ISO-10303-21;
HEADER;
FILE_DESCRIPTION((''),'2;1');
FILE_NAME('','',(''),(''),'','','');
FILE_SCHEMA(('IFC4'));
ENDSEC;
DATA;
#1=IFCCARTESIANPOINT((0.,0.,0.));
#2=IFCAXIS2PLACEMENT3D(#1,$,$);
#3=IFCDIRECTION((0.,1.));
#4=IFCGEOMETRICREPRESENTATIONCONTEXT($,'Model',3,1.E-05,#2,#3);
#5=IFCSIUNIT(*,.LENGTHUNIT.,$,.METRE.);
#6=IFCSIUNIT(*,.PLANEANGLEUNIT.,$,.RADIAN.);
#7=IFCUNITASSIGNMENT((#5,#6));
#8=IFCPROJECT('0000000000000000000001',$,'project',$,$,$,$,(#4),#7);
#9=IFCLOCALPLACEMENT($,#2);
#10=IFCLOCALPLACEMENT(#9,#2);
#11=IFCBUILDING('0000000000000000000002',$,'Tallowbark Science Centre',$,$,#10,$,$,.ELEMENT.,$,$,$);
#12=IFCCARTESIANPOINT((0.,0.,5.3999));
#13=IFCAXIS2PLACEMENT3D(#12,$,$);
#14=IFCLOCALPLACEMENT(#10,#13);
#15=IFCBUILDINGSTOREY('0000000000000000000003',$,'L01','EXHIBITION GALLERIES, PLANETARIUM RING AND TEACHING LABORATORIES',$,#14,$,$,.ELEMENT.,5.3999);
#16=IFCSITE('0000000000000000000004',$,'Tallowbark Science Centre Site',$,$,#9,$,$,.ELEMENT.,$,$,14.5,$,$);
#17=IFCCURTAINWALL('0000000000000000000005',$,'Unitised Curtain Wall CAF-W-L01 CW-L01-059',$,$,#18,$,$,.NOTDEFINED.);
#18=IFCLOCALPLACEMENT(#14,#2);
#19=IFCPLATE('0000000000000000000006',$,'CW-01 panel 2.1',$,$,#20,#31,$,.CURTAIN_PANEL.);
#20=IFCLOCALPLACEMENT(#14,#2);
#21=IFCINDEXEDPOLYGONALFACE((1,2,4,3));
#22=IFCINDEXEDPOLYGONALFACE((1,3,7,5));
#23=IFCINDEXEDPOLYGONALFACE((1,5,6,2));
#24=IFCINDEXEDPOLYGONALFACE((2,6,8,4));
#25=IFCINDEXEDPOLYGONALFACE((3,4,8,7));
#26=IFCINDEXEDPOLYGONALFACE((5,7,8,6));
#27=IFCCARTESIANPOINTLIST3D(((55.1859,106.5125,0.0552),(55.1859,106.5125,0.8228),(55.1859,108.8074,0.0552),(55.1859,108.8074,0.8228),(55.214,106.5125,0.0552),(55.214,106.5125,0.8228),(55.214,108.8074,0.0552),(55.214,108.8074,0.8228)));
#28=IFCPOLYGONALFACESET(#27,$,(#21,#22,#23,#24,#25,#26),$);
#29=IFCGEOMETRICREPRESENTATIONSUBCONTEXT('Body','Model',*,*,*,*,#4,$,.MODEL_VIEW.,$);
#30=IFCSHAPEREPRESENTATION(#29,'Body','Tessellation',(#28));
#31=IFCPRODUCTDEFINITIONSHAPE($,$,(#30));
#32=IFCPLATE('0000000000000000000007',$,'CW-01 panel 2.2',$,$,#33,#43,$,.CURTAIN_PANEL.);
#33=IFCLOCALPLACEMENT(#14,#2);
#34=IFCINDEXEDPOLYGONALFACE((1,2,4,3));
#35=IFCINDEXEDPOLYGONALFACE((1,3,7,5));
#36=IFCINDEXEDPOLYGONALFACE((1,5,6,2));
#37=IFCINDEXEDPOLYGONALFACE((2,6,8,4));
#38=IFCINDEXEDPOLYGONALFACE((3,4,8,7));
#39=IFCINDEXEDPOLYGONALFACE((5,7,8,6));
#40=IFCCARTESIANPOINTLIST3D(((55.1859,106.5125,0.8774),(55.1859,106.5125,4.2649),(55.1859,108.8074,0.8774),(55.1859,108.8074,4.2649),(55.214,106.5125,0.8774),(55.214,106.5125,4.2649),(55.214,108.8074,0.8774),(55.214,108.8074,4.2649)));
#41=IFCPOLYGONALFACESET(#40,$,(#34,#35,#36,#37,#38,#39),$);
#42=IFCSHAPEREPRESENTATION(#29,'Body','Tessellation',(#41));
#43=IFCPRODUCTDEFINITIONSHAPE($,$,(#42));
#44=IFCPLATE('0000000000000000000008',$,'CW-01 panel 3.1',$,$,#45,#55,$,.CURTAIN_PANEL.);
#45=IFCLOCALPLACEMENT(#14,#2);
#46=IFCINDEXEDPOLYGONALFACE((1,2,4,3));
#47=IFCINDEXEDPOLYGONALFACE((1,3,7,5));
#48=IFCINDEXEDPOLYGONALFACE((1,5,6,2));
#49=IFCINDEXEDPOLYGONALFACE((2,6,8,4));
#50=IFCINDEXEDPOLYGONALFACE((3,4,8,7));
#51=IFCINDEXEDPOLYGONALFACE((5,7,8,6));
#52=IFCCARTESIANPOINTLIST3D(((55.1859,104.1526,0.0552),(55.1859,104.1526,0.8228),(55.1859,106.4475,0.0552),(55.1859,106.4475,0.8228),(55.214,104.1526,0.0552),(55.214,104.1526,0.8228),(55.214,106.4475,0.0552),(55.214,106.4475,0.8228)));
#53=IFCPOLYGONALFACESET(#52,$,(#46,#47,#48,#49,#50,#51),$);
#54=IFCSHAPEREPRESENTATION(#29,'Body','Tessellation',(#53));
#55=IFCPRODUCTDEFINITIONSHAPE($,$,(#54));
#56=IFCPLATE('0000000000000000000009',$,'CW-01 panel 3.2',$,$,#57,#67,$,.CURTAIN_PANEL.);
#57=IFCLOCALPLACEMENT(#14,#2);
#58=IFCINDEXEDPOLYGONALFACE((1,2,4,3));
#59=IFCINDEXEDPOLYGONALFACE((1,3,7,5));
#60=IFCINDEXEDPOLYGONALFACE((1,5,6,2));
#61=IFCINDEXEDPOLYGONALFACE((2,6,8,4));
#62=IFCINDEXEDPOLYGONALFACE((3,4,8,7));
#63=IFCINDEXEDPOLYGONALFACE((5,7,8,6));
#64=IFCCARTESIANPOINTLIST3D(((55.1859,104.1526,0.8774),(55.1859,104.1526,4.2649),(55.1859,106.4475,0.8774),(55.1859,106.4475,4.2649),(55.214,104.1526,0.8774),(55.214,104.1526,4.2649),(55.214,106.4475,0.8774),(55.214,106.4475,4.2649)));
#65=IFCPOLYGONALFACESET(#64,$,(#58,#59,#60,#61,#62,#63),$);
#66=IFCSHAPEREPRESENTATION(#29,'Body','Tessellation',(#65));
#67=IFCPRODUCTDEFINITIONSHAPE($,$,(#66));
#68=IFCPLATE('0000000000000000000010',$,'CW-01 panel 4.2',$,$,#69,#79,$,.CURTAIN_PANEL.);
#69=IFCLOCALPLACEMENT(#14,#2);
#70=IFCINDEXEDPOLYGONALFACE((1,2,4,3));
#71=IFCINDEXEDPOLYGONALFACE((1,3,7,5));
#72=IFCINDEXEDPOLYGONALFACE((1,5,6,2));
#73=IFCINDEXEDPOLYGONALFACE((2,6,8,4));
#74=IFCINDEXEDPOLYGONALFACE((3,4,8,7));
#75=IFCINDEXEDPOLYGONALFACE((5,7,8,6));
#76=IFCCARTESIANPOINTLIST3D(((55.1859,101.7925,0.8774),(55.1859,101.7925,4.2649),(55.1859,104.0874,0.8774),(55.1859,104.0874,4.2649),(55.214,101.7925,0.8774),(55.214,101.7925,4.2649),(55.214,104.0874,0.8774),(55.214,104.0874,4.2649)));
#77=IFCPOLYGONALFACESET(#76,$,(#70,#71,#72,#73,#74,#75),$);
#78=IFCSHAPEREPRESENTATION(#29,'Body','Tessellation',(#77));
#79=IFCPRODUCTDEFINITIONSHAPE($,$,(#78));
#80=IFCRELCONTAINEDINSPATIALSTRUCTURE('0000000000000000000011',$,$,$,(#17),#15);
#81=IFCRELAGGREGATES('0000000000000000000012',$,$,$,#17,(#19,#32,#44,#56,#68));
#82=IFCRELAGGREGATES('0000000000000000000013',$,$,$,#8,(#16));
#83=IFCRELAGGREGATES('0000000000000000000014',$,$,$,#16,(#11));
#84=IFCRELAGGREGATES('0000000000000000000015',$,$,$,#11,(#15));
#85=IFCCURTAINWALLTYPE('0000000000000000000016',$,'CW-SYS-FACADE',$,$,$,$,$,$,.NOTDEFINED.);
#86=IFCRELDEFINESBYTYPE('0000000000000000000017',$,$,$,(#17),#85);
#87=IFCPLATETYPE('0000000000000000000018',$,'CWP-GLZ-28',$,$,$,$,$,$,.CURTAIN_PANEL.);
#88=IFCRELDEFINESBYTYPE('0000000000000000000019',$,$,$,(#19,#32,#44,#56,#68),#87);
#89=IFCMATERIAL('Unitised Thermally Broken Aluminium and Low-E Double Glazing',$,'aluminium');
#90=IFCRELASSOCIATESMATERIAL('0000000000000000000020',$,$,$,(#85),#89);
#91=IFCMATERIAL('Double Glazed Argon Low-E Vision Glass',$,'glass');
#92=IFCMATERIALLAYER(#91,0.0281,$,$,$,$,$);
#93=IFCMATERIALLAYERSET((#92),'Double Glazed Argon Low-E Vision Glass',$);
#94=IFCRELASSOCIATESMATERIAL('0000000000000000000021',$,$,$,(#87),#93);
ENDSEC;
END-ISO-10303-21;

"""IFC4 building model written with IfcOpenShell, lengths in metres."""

from ifc_helpers import new_model, si_unit, direction, frame, origin, origin_2d, place, context, subcontext, project, spatial, rectangle, extrude, material, layer, layer_set, type_object, element, aggregate, save


model = new_model("IFC4")

# Units and contexts
model_context = context("Model", 3, precision=1e-05, world=origin(), true_north=direction((0.0, 1.0)))
body_context = subcontext(model_context, "Body", "Model", "MODEL_VIEW")
ifc_project = project(units=[si_unit("LENGTHUNIT", "METRE"), si_unit("PLANEANGLEUNIT", "RADIAN")], contexts=[model_context])

# Site, building, storey
site_placement = place(None, origin())
site = spatial("IfcSite", under=ifc_project, at=site_placement, Name="Tallowbark Science Centre Site", CompositionType="ELEMENT", RefElevation=14.5)
building_placement = place(site_placement, origin())
building = spatial("IfcBuilding", under=site, at=building_placement, Name="Tallowbark Science Centre", CompositionType="ELEMENT")
storey_placement = place(building_placement, frame((0.0, 0.0, 5.3999)))
storey = spatial("IfcBuildingStorey", under=building, at=storey_placement, Name="L01", Description="EXHIBITION GALLERIES, PLANETARIUM RING AND TEACHING LABORATORIES", CompositionType="ELEMENT", Elevation=5.3999)

# Curtain wall
ifc_material_1 = material(Name="Unitised Thermally Broken Aluminium and Low-E Double Glazing", Category="aluminium")
curtain_wall_type = type_object("IfcCurtainWallType", Name="CW-SYS-FACADE", PredefinedType="NOTDEFINED", material=ifc_material_1)
curtain_wall_placement = place(storey_placement, origin())
curtain_wall = element("IfcCurtainWall", 1, at=curtain_wall_placement, inside=storey, type_object=curtain_wall_type, Name="Unitised Curtain Wall CAF-W-L01 CW-L01-059", PredefinedType="NOTDEFINED")

# Plates
ifc_material_2 = material(Name="Double Glazed Argon Low-E Vision Glass", Category="glass")
ifc_layer = layer(ifc_material_2, 0.0281)
ifc_layer_set = layer_set([ifc_layer], Name="Double Glazed Argon Low-E Vision Glass")
plate_type = type_object("IfcPlateType", Name="CWP-GLZ-28", PredefinedType="CURTAIN_PANEL", material=ifc_layer_set)
plate_1_placement = place(storey_placement, frame((55.2, 107.6599, 0.0552), z_axis=(0.0, 0.0, 1.0), x_axis=(0.0, -1.0, 0.0)))
plate_1 = element("IfcPlate", 2, at=plate_1_placement, type_object=plate_type, Name="CW-01 panel 2.1", PredefinedType="CURTAIN_PANEL", context=body_context, shape_type="SweptSolid", body=[
    extrude(rectangle(XDim=2.2949, YDim=0.0281, at=origin_2d()), origin(), (0.0, 0.0, 1.0), 0.7676),
])
plate_2_placement = place(storey_placement, frame((55.2, 107.6599, 0.8774), z_axis=(0.0, 0.0, 1.0), x_axis=(0.0, -1.0, 0.0)))
plate_2 = element("IfcPlate", 3, at=plate_2_placement, type_object=plate_type, Name="CW-01 panel 2.2", PredefinedType="CURTAIN_PANEL", context=body_context, shape_type="SweptSolid", body=[
    extrude(rectangle(XDim=2.2949, YDim=0.0281, at=origin_2d()), origin(), (0.0, 0.0, 1.0), 3.3875),
])
plate_3_placement = place(storey_placement, frame((55.2, 105.3, 0.0552), z_axis=(0.0, 0.0, 1.0), x_axis=(0.0, -1.0, 0.0)))
plate_3 = element("IfcPlate", 4, at=plate_3_placement, type_object=plate_type, Name="CW-01 panel 3.1", PredefinedType="CURTAIN_PANEL", context=body_context, shape_type="SweptSolid", body=[
    extrude(rectangle(XDim=2.2949, YDim=0.0281, at=origin_2d()), origin(), (0.0, 0.0, 1.0), 0.7676),
])
plate_4_placement = place(storey_placement, frame((55.2, 105.3, 0.8774), z_axis=(0.0, 0.0, 1.0), x_axis=(0.0, -1.0, 0.0)))
plate_4 = element("IfcPlate", 5, at=plate_4_placement, type_object=plate_type, Name="CW-01 panel 3.2", PredefinedType="CURTAIN_PANEL", context=body_context, shape_type="SweptSolid", body=[
    extrude(rectangle(XDim=2.2949, YDim=0.0281, at=origin_2d()), origin(), (0.0, 0.0, 1.0), 3.3875),
])
plate_5_placement = place(storey_placement, frame((55.2, 102.9399, 0.8774), z_axis=(0.0, 0.0, 1.0), x_axis=(0.0, -1.0, 0.0)))
plate_5 = element("IfcPlate", 6, at=plate_5_placement, type_object=plate_type, Name="CW-01 panel 4.2", PredefinedType="CURTAIN_PANEL", context=body_context, shape_type="SweptSolid", body=[
    extrude(rectangle(XDim=2.2949, YDim=0.0281, at=origin_2d()), origin(), (0.0, 0.0, 1.0), 3.3875),
])
aggregate(curtain_wall, [plate_1, plate_2, plate_3, plate_4, plate_5])

save(model, "model.ifc")
